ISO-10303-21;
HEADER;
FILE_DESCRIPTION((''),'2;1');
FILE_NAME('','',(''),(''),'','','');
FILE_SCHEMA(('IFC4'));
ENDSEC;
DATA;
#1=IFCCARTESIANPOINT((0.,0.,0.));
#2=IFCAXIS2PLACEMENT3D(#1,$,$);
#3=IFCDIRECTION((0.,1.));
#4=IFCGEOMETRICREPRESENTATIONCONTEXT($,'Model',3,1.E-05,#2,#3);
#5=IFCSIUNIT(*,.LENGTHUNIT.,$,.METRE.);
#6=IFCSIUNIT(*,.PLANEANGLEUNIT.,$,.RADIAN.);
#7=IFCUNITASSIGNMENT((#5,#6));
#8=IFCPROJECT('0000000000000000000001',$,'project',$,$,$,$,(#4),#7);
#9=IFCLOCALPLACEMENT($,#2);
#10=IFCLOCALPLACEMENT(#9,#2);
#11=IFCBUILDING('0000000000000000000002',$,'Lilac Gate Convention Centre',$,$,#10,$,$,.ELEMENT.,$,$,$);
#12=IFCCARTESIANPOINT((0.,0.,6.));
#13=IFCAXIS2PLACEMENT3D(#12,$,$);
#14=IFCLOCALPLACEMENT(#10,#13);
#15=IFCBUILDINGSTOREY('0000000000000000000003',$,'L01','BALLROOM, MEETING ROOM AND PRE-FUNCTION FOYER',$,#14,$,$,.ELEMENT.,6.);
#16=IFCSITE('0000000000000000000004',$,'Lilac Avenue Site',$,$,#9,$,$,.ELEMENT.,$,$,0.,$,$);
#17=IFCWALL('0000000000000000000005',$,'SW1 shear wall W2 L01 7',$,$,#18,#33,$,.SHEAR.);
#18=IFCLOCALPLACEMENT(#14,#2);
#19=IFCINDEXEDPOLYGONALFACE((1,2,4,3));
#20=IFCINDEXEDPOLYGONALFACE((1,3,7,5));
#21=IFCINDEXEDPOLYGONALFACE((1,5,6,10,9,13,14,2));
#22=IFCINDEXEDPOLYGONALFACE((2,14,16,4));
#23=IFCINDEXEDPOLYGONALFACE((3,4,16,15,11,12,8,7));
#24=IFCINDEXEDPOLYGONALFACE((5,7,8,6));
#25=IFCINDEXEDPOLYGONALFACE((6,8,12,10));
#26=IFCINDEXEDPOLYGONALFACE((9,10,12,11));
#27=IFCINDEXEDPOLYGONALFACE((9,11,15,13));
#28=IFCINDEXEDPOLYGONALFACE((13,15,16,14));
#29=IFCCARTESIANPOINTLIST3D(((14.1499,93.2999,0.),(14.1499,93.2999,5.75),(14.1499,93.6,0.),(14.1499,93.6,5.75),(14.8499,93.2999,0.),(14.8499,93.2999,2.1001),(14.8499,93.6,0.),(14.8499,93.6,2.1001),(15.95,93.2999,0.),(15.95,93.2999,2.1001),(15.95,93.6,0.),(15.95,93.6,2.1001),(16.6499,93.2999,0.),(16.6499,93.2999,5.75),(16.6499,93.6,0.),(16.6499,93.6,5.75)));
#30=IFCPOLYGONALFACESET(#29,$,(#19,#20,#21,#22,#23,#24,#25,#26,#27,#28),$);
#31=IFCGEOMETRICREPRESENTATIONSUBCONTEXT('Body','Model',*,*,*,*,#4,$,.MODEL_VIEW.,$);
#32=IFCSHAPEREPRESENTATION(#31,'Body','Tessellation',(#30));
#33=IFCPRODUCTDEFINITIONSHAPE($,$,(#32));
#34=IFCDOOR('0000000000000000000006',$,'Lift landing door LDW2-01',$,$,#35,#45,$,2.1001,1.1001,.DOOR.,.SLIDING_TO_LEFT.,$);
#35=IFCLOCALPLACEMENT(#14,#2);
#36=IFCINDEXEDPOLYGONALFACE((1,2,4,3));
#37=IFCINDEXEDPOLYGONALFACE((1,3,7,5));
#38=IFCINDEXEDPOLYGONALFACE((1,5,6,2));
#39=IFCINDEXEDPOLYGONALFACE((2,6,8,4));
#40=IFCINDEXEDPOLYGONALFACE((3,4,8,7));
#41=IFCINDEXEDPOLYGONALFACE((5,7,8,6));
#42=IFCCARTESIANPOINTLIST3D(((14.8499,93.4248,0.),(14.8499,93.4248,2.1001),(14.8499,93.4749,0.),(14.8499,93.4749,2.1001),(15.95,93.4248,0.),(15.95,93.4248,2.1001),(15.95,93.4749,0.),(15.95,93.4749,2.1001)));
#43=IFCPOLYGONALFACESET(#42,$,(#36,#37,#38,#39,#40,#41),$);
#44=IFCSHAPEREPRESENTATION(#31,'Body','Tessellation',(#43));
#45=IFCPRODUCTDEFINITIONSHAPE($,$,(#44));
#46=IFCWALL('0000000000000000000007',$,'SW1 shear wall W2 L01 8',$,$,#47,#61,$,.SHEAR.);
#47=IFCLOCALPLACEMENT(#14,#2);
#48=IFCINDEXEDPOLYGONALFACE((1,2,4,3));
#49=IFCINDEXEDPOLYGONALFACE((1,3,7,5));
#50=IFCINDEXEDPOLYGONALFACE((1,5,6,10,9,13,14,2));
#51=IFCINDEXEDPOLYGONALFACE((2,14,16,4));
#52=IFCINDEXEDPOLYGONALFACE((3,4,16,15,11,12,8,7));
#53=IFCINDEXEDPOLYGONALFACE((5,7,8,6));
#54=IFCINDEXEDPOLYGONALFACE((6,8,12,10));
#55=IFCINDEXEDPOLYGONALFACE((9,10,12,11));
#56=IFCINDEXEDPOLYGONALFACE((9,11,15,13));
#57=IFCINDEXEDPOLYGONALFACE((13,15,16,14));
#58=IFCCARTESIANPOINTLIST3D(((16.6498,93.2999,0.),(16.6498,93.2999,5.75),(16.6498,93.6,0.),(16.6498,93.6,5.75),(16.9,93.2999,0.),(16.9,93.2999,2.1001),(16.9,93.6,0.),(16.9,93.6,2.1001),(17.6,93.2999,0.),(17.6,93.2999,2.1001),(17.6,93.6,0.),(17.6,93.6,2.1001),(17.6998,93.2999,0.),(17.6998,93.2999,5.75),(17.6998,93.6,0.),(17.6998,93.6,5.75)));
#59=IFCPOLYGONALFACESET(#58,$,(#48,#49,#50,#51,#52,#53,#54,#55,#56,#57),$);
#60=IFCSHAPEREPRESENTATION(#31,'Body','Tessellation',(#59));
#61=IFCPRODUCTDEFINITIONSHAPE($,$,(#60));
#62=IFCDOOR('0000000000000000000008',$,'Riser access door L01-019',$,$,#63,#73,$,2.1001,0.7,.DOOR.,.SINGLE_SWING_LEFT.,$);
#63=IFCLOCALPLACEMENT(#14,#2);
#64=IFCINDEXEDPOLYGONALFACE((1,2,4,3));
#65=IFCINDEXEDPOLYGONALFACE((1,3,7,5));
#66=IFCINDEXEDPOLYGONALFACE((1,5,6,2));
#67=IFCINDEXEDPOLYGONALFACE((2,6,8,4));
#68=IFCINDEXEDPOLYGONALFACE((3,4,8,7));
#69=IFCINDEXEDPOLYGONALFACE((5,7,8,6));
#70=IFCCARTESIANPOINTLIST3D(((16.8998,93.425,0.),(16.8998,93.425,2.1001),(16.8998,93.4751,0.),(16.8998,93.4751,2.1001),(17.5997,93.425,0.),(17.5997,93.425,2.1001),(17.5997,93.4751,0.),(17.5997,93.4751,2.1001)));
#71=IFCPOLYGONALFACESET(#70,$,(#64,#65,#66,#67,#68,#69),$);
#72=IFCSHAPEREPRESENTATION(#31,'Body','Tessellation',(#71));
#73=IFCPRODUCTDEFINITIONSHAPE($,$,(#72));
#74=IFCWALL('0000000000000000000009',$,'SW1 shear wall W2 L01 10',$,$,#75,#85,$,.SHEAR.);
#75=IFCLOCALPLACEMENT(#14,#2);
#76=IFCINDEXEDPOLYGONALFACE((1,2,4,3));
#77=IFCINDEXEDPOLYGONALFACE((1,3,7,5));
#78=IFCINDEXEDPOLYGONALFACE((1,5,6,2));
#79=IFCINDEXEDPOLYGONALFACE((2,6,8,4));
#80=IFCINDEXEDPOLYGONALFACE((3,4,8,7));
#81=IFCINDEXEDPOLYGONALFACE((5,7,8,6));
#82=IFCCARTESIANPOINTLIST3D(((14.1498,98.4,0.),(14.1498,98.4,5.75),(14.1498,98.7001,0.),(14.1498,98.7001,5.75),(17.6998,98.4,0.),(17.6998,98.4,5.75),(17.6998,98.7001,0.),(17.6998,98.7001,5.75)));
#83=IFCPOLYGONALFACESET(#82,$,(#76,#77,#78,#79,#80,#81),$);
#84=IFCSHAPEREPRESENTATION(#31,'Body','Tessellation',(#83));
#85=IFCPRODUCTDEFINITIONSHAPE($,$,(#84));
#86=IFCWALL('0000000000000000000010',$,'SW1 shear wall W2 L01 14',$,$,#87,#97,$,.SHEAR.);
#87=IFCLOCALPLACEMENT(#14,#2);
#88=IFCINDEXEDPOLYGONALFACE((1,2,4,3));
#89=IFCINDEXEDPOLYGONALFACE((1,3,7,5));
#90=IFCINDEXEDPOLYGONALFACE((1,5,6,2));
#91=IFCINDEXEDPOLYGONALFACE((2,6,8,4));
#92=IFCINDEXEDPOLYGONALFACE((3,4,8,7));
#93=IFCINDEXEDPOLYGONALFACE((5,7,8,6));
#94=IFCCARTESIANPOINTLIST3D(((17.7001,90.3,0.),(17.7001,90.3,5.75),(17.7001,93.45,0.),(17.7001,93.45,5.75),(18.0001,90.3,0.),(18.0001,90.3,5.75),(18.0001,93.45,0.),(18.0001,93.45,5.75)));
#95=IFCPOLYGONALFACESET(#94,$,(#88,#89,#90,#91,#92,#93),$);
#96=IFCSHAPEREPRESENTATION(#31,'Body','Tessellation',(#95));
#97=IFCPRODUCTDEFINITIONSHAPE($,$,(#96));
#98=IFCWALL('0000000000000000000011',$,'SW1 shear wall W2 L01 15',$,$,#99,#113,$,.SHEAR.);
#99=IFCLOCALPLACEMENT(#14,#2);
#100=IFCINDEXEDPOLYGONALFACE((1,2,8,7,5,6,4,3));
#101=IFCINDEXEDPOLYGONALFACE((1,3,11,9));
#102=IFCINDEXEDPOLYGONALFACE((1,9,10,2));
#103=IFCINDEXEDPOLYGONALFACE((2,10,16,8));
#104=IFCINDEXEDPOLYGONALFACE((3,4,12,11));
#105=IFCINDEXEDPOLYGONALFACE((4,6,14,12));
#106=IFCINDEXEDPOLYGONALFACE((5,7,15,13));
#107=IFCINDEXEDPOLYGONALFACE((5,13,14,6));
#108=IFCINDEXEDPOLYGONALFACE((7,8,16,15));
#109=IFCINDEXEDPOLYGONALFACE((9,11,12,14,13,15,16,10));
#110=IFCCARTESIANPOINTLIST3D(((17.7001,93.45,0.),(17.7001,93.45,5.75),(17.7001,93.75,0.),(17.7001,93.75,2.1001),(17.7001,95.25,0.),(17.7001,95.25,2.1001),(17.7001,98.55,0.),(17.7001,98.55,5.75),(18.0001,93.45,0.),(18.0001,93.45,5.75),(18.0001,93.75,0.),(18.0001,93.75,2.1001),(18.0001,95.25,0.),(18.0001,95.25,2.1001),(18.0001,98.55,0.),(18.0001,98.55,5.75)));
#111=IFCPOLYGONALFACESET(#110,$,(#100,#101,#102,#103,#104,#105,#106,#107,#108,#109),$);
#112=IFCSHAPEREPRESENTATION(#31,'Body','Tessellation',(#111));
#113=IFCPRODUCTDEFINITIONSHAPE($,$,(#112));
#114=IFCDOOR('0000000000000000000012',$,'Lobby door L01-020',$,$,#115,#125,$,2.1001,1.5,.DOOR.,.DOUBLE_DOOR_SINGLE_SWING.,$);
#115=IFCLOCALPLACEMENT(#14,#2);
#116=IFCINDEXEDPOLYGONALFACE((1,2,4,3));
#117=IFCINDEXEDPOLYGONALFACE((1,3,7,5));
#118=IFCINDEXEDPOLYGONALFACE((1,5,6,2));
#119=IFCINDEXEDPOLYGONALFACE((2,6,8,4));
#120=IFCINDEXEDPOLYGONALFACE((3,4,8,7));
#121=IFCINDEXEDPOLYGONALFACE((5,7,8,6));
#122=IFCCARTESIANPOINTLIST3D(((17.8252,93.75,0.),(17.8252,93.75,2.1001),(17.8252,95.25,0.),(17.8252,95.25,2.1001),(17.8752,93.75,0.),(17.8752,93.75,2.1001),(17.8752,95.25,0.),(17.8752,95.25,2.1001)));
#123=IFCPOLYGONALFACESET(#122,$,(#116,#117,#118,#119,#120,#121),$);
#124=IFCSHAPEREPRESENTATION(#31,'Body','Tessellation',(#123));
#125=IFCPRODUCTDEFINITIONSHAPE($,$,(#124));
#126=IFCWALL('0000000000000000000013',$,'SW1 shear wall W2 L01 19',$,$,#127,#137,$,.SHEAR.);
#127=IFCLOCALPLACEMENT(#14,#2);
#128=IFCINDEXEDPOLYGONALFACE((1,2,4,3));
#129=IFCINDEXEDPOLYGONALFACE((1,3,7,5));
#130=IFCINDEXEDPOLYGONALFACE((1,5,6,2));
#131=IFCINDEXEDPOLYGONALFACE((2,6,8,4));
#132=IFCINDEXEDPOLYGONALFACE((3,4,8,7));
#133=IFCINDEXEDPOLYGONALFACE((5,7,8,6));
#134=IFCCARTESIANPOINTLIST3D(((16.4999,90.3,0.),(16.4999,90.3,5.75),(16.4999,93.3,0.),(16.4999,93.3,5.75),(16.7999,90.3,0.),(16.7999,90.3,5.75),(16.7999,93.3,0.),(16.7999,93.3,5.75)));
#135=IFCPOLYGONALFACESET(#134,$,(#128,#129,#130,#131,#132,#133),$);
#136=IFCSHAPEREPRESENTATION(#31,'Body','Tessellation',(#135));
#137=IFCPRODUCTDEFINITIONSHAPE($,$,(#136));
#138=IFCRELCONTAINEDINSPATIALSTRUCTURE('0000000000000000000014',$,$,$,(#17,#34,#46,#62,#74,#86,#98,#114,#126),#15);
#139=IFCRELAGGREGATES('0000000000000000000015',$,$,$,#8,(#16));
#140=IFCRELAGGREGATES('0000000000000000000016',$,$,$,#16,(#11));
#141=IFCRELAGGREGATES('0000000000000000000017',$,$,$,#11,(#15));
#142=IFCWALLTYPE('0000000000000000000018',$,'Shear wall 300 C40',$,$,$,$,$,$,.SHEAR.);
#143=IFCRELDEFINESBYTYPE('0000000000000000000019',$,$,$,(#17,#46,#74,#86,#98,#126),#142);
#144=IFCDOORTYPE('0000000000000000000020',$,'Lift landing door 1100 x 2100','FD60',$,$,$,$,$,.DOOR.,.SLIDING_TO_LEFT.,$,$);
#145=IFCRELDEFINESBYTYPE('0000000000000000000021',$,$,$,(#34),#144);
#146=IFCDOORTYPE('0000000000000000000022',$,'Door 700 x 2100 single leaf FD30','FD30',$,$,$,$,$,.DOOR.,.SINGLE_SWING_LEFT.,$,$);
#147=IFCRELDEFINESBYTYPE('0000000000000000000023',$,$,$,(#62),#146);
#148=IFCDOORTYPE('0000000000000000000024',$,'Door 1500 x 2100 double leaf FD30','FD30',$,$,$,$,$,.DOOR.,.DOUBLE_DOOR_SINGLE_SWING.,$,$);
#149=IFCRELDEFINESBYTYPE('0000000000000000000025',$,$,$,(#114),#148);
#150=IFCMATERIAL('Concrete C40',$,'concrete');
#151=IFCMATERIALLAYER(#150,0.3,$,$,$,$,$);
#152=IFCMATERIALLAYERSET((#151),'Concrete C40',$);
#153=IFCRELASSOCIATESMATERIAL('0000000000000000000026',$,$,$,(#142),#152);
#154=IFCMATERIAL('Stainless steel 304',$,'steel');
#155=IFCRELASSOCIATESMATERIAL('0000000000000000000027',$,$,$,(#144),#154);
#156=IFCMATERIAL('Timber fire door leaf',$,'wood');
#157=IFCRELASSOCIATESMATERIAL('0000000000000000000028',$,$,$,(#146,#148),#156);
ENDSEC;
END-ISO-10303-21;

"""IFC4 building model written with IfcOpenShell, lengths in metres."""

from ifc_helpers import new_model, si_unit, direction, frame, frame_2d, origin, place, context, subcontext, project, spatial, rectangle, extrude, material, layer, layer_set, type_object, element, fill, save


model = new_model("IFC4")

# Units and contexts
model_context = context("Model", 3, precision=1e-05, world=origin(), true_north=direction((0.0, 1.0)))
body_context = subcontext(model_context, "Body", "Model", "MODEL_VIEW")
ifc_project = project(units=[si_unit("LENGTHUNIT", "METRE"), si_unit("PLANEANGLEUNIT", "RADIAN")], contexts=[model_context])

# Site, building, storey
site_placement = place(None, origin())
site = spatial("IfcSite", under=ifc_project, at=site_placement, Name="Lilac Avenue Site", CompositionType="ELEMENT", RefElevation=0.0)
building_placement = place(site_placement, origin())
building = spatial("IfcBuilding", under=site, at=building_placement, Name="Lilac Gate Convention Centre", CompositionType="ELEMENT")
storey_placement = place(building_placement, frame((0.0, 0.0, 6.0)))
storey = spatial("IfcBuildingStorey", under=building, at=storey_placement, Name="L01", Description="BALLROOM, MEETING ROOM AND PRE-FUNCTION FOYER", CompositionType="ELEMENT", Elevation=6.0)

# Shared definitions
ifc_material_1 = material(Name="Concrete C40", Category="concrete")

# Shared definitions
ifc_material_2 = material(Name="Timber fire door leaf", Category="wood")

# Shared definitions
ifc_layer_1 = layer(ifc_material_1, 0.3)
ifc_layer_set_1 = layer_set([ifc_layer_1], Name="Concrete C40")
wall_type_1 = type_object("IfcWallType", Name="Shear wall 300 C40", PredefinedType="SHEAR", material=ifc_layer_set_1)

# Walls, openings, doors
wall_1_placement = place(storey_placement, frame((14.1499, 93.45, 0.0), z_axis=(0.0, 0.0, 1.0), x_axis=(1.0, 0.0, 0.0)))
wall_1 = element("IfcWall", 1, at=wall_1_placement, inside=storey, type_object=wall_type_1, Name="SW1 shear wall W2 L01 7", PredefinedType="SHEAR", context=body_context, shape_type="SweptSolid", body=[
    extrude(rectangle(XDim=2.5, YDim=0.3, at=frame_2d((1.25, 0.0))), origin(), (0.0, 0.0, 1.0), 5.75),
])
opening_1_placement = place(wall_1_placement, frame((0.7, 0.0, 0.0)))
opening_1 = element("IfcOpeningElement", 2, at=opening_1_placement, cuts=wall_1, PredefinedType="OPENING", context=body_context, shape_type="SweptSolid", body=[
    extrude(rectangle(XDim=1.1001, YDim=2.1001, at=frame_2d((0.55, 1.05))), frame((0.0, 0.1599, 0.0), z_axis=(0.0, -1.0, 0.0), x_axis=(1.0, 0.0, 0.0)), (0.0, 0.0, 1.0), 0.3201),
])
ifc_material_3 = material(Name="Stainless steel 304", Category="steel")
door_type_1 = type_object("IfcDoorType", Name="Lift landing door 1100 x 2100", Description="FD60", OperationType="SLIDING_TO_LEFT", PredefinedType="DOOR", material=ifc_material_3)
door_1_placement = place(opening_1_placement, origin())
door_1 = element("IfcDoor", 3, at=door_1_placement, inside=storey, type_object=door_type_1, Name="Lift landing door LDW2-01", OperationType="SLIDING_TO_LEFT", OverallHeight=2.1001, OverallWidth=1.1001, PredefinedType="DOOR", context=body_context, shape_type="SweptSolid", body=[
    extrude(rectangle(XDim=1.1001, YDim=2.1001, at=frame_2d((0.55, 1.05))), frame((0.0, 0.0249, 0.0), z_axis=(0.0, -1.0, 0.0), x_axis=(1.0, 0.0, 0.0)), (0.0, 0.0, 1.0), 0.05),
])
fill(opening_1, door_1)
wall_2_placement = place(storey_placement, frame((16.6499, 93.45, 0.0), z_axis=(0.0, 0.0, 1.0), x_axis=(1.0, 0.0, 0.0)))
wall_2 = element("IfcWall", 4, at=wall_2_placement, inside=storey, type_object=wall_type_1, Name="SW1 shear wall W2 L01 8", PredefinedType="SHEAR", context=body_context, shape_type="SweptSolid", body=[
    extrude(rectangle(XDim=1.05, YDim=0.3, at=frame_2d((0.5249, 0.0))), origin(), (0.0, 0.0, 1.0), 5.75),
])
opening_2_placement = place(wall_2_placement, frame((0.25, 0.0, 0.0)))
opening_2 = element("IfcOpeningElement", 5, at=opening_2_placement, cuts=wall_2, PredefinedType="OPENING", context=body_context, shape_type="SweptSolid", body=[
    extrude(rectangle(XDim=0.7, YDim=2.1001, at=frame_2d((0.3501, 1.05))), frame((0.0, 0.1599, 0.0), z_axis=(0.0, -1.0, 0.0), x_axis=(1.0, 0.0, 0.0)), (0.0, 0.0, 1.0), 0.3201),
])
door_type_2 = type_object("IfcDoorType", Name="Door 700 x 2100 single leaf FD30", Description="FD30", OperationType="SINGLE_SWING_LEFT", PredefinedType="DOOR", material=ifc_material_2)
door_2_placement = place(opening_2_placement, frame((0.7, 0.0, 0.0), z_axis=(0.0, 0.0, 1.0), x_axis=(-1.0, 0.0, 0.0)))
door_2 = element("IfcDoor", 6, at=door_2_placement, inside=storey, type_object=door_type_2, Name="Riser access door L01-019", OperationType="SINGLE_SWING_LEFT", OverallHeight=2.1001, OverallWidth=0.7, PredefinedType="DOOR", context=body_context, shape_type="SweptSolid", body=[
    extrude(rectangle(XDim=0.7, YDim=2.1001, at=frame_2d((0.3501, 1.05))), frame((0.0, 0.0249, 0.0), z_axis=(0.0, -1.0, 0.0), x_axis=(1.0, 0.0, 0.0)), (0.0, 0.0, 1.0), 0.05),
])
fill(opening_2, door_2)

# Walls
wall_3_placement = place(storey_placement, frame((14.1499, 98.55, 0.0), z_axis=(0.0, 0.0, 1.0), x_axis=(1.0, 0.0, 0.0)))
element("IfcWall", 7, at=wall_3_placement, inside=storey, type_object=wall_type_1, Name="SW1 shear wall W2 L01 10", PredefinedType="SHEAR", context=body_context, shape_type="SweptSolid", body=[
    extrude(rectangle(XDim=3.55, YDim=0.3, at=frame_2d((1.7749, 0.0))), origin(), (0.0, 0.0, 1.0), 5.75),
])
wall_4_placement = place(storey_placement, frame((17.8501, 90.3, 0.0), z_axis=(0.0, 0.0, 1.0), x_axis=(0.0, 1.0, 0.0)))
element("IfcWall", 8, at=wall_4_placement, inside=storey, type_object=wall_type_1, Name="SW1 shear wall W2 L01 14", PredefinedType="SHEAR", context=body_context, shape_type="SweptSolid", body=[
    extrude(rectangle(XDim=3.1499, YDim=0.3, at=frame_2d((1.575, 0.0))), origin(), (0.0, 0.0, 1.0), 5.75),
])

# Wall, opening, door
wall_5_placement = place(storey_placement, frame((17.8501, 93.45, 0.0), z_axis=(0.0, 0.0, 1.0), x_axis=(0.0, 1.0, 0.0)))
wall_5 = element("IfcWall", 9, at=wall_5_placement, inside=storey, type_object=wall_type_1, Name="SW1 shear wall W2 L01 15", PredefinedType="SHEAR", context=body_context, shape_type="SweptSolid", body=[
    extrude(rectangle(XDim=5.1001, YDim=0.3, at=frame_2d((2.55, 0.0))), origin(), (0.0, 0.0, 1.0), 5.75),
])
opening_3_placement = place(wall_5_placement, frame((0.3, 0.0, 0.0)))
opening_3 = element("IfcOpeningElement", 10, at=opening_3_placement, cuts=wall_5, PredefinedType="OPENING", context=body_context, shape_type="SweptSolid", body=[
    extrude(rectangle(XDim=1.5, YDim=2.1001, at=frame_2d((0.75, 1.05))), frame((0.0, 0.1599, 0.0), z_axis=(0.0, -1.0, 0.0), x_axis=(1.0, 0.0, 0.0)), (0.0, 0.0, 1.0), 0.3201),
])
door_type_3 = type_object("IfcDoorType", Name="Door 1500 x 2100 double leaf FD30", Description="FD30", OperationType="DOUBLE_DOOR_SINGLE_SWING", PredefinedType="DOOR", material=ifc_material_2)
door_3_placement = place(opening_3_placement, origin())
door_3 = element("IfcDoor", 11, at=door_3_placement, inside=storey, type_object=door_type_3, Name="Lobby door L01-020", OperationType="DOUBLE_DOOR_SINGLE_SWING", OverallHeight=2.1001, OverallWidth=1.5, PredefinedType="DOOR", context=body_context, shape_type="SweptSolid", body=[
    extrude(rectangle(XDim=1.5, YDim=2.1001, at=frame_2d((0.75, 1.05))), frame((0.0, 0.0249, 0.0), z_axis=(0.0, -1.0, 0.0), x_axis=(1.0, 0.0, 0.0)), (0.0, 0.0, 1.0), 0.05),
])
fill(opening_3, door_3)

# Wall
wall_6_placement = place(storey_placement, frame((16.6499, 90.3, 0.0), z_axis=(0.0, 0.0, 1.0), x_axis=(0.0, 1.0, 0.0)))
element("IfcWall", 12, at=wall_6_placement, inside=storey, type_object=wall_type_1, Name="SW1 shear wall W2 L01 19", PredefinedType="SHEAR", context=body_context, shape_type="SweptSolid", body=[
    extrude(rectangle(XDim=3.0, YDim=0.3, at=frame_2d((1.5, 0.0))), origin(), (0.0, 0.0, 1.0), 5.75),
])

save(model, "model.ifc")
